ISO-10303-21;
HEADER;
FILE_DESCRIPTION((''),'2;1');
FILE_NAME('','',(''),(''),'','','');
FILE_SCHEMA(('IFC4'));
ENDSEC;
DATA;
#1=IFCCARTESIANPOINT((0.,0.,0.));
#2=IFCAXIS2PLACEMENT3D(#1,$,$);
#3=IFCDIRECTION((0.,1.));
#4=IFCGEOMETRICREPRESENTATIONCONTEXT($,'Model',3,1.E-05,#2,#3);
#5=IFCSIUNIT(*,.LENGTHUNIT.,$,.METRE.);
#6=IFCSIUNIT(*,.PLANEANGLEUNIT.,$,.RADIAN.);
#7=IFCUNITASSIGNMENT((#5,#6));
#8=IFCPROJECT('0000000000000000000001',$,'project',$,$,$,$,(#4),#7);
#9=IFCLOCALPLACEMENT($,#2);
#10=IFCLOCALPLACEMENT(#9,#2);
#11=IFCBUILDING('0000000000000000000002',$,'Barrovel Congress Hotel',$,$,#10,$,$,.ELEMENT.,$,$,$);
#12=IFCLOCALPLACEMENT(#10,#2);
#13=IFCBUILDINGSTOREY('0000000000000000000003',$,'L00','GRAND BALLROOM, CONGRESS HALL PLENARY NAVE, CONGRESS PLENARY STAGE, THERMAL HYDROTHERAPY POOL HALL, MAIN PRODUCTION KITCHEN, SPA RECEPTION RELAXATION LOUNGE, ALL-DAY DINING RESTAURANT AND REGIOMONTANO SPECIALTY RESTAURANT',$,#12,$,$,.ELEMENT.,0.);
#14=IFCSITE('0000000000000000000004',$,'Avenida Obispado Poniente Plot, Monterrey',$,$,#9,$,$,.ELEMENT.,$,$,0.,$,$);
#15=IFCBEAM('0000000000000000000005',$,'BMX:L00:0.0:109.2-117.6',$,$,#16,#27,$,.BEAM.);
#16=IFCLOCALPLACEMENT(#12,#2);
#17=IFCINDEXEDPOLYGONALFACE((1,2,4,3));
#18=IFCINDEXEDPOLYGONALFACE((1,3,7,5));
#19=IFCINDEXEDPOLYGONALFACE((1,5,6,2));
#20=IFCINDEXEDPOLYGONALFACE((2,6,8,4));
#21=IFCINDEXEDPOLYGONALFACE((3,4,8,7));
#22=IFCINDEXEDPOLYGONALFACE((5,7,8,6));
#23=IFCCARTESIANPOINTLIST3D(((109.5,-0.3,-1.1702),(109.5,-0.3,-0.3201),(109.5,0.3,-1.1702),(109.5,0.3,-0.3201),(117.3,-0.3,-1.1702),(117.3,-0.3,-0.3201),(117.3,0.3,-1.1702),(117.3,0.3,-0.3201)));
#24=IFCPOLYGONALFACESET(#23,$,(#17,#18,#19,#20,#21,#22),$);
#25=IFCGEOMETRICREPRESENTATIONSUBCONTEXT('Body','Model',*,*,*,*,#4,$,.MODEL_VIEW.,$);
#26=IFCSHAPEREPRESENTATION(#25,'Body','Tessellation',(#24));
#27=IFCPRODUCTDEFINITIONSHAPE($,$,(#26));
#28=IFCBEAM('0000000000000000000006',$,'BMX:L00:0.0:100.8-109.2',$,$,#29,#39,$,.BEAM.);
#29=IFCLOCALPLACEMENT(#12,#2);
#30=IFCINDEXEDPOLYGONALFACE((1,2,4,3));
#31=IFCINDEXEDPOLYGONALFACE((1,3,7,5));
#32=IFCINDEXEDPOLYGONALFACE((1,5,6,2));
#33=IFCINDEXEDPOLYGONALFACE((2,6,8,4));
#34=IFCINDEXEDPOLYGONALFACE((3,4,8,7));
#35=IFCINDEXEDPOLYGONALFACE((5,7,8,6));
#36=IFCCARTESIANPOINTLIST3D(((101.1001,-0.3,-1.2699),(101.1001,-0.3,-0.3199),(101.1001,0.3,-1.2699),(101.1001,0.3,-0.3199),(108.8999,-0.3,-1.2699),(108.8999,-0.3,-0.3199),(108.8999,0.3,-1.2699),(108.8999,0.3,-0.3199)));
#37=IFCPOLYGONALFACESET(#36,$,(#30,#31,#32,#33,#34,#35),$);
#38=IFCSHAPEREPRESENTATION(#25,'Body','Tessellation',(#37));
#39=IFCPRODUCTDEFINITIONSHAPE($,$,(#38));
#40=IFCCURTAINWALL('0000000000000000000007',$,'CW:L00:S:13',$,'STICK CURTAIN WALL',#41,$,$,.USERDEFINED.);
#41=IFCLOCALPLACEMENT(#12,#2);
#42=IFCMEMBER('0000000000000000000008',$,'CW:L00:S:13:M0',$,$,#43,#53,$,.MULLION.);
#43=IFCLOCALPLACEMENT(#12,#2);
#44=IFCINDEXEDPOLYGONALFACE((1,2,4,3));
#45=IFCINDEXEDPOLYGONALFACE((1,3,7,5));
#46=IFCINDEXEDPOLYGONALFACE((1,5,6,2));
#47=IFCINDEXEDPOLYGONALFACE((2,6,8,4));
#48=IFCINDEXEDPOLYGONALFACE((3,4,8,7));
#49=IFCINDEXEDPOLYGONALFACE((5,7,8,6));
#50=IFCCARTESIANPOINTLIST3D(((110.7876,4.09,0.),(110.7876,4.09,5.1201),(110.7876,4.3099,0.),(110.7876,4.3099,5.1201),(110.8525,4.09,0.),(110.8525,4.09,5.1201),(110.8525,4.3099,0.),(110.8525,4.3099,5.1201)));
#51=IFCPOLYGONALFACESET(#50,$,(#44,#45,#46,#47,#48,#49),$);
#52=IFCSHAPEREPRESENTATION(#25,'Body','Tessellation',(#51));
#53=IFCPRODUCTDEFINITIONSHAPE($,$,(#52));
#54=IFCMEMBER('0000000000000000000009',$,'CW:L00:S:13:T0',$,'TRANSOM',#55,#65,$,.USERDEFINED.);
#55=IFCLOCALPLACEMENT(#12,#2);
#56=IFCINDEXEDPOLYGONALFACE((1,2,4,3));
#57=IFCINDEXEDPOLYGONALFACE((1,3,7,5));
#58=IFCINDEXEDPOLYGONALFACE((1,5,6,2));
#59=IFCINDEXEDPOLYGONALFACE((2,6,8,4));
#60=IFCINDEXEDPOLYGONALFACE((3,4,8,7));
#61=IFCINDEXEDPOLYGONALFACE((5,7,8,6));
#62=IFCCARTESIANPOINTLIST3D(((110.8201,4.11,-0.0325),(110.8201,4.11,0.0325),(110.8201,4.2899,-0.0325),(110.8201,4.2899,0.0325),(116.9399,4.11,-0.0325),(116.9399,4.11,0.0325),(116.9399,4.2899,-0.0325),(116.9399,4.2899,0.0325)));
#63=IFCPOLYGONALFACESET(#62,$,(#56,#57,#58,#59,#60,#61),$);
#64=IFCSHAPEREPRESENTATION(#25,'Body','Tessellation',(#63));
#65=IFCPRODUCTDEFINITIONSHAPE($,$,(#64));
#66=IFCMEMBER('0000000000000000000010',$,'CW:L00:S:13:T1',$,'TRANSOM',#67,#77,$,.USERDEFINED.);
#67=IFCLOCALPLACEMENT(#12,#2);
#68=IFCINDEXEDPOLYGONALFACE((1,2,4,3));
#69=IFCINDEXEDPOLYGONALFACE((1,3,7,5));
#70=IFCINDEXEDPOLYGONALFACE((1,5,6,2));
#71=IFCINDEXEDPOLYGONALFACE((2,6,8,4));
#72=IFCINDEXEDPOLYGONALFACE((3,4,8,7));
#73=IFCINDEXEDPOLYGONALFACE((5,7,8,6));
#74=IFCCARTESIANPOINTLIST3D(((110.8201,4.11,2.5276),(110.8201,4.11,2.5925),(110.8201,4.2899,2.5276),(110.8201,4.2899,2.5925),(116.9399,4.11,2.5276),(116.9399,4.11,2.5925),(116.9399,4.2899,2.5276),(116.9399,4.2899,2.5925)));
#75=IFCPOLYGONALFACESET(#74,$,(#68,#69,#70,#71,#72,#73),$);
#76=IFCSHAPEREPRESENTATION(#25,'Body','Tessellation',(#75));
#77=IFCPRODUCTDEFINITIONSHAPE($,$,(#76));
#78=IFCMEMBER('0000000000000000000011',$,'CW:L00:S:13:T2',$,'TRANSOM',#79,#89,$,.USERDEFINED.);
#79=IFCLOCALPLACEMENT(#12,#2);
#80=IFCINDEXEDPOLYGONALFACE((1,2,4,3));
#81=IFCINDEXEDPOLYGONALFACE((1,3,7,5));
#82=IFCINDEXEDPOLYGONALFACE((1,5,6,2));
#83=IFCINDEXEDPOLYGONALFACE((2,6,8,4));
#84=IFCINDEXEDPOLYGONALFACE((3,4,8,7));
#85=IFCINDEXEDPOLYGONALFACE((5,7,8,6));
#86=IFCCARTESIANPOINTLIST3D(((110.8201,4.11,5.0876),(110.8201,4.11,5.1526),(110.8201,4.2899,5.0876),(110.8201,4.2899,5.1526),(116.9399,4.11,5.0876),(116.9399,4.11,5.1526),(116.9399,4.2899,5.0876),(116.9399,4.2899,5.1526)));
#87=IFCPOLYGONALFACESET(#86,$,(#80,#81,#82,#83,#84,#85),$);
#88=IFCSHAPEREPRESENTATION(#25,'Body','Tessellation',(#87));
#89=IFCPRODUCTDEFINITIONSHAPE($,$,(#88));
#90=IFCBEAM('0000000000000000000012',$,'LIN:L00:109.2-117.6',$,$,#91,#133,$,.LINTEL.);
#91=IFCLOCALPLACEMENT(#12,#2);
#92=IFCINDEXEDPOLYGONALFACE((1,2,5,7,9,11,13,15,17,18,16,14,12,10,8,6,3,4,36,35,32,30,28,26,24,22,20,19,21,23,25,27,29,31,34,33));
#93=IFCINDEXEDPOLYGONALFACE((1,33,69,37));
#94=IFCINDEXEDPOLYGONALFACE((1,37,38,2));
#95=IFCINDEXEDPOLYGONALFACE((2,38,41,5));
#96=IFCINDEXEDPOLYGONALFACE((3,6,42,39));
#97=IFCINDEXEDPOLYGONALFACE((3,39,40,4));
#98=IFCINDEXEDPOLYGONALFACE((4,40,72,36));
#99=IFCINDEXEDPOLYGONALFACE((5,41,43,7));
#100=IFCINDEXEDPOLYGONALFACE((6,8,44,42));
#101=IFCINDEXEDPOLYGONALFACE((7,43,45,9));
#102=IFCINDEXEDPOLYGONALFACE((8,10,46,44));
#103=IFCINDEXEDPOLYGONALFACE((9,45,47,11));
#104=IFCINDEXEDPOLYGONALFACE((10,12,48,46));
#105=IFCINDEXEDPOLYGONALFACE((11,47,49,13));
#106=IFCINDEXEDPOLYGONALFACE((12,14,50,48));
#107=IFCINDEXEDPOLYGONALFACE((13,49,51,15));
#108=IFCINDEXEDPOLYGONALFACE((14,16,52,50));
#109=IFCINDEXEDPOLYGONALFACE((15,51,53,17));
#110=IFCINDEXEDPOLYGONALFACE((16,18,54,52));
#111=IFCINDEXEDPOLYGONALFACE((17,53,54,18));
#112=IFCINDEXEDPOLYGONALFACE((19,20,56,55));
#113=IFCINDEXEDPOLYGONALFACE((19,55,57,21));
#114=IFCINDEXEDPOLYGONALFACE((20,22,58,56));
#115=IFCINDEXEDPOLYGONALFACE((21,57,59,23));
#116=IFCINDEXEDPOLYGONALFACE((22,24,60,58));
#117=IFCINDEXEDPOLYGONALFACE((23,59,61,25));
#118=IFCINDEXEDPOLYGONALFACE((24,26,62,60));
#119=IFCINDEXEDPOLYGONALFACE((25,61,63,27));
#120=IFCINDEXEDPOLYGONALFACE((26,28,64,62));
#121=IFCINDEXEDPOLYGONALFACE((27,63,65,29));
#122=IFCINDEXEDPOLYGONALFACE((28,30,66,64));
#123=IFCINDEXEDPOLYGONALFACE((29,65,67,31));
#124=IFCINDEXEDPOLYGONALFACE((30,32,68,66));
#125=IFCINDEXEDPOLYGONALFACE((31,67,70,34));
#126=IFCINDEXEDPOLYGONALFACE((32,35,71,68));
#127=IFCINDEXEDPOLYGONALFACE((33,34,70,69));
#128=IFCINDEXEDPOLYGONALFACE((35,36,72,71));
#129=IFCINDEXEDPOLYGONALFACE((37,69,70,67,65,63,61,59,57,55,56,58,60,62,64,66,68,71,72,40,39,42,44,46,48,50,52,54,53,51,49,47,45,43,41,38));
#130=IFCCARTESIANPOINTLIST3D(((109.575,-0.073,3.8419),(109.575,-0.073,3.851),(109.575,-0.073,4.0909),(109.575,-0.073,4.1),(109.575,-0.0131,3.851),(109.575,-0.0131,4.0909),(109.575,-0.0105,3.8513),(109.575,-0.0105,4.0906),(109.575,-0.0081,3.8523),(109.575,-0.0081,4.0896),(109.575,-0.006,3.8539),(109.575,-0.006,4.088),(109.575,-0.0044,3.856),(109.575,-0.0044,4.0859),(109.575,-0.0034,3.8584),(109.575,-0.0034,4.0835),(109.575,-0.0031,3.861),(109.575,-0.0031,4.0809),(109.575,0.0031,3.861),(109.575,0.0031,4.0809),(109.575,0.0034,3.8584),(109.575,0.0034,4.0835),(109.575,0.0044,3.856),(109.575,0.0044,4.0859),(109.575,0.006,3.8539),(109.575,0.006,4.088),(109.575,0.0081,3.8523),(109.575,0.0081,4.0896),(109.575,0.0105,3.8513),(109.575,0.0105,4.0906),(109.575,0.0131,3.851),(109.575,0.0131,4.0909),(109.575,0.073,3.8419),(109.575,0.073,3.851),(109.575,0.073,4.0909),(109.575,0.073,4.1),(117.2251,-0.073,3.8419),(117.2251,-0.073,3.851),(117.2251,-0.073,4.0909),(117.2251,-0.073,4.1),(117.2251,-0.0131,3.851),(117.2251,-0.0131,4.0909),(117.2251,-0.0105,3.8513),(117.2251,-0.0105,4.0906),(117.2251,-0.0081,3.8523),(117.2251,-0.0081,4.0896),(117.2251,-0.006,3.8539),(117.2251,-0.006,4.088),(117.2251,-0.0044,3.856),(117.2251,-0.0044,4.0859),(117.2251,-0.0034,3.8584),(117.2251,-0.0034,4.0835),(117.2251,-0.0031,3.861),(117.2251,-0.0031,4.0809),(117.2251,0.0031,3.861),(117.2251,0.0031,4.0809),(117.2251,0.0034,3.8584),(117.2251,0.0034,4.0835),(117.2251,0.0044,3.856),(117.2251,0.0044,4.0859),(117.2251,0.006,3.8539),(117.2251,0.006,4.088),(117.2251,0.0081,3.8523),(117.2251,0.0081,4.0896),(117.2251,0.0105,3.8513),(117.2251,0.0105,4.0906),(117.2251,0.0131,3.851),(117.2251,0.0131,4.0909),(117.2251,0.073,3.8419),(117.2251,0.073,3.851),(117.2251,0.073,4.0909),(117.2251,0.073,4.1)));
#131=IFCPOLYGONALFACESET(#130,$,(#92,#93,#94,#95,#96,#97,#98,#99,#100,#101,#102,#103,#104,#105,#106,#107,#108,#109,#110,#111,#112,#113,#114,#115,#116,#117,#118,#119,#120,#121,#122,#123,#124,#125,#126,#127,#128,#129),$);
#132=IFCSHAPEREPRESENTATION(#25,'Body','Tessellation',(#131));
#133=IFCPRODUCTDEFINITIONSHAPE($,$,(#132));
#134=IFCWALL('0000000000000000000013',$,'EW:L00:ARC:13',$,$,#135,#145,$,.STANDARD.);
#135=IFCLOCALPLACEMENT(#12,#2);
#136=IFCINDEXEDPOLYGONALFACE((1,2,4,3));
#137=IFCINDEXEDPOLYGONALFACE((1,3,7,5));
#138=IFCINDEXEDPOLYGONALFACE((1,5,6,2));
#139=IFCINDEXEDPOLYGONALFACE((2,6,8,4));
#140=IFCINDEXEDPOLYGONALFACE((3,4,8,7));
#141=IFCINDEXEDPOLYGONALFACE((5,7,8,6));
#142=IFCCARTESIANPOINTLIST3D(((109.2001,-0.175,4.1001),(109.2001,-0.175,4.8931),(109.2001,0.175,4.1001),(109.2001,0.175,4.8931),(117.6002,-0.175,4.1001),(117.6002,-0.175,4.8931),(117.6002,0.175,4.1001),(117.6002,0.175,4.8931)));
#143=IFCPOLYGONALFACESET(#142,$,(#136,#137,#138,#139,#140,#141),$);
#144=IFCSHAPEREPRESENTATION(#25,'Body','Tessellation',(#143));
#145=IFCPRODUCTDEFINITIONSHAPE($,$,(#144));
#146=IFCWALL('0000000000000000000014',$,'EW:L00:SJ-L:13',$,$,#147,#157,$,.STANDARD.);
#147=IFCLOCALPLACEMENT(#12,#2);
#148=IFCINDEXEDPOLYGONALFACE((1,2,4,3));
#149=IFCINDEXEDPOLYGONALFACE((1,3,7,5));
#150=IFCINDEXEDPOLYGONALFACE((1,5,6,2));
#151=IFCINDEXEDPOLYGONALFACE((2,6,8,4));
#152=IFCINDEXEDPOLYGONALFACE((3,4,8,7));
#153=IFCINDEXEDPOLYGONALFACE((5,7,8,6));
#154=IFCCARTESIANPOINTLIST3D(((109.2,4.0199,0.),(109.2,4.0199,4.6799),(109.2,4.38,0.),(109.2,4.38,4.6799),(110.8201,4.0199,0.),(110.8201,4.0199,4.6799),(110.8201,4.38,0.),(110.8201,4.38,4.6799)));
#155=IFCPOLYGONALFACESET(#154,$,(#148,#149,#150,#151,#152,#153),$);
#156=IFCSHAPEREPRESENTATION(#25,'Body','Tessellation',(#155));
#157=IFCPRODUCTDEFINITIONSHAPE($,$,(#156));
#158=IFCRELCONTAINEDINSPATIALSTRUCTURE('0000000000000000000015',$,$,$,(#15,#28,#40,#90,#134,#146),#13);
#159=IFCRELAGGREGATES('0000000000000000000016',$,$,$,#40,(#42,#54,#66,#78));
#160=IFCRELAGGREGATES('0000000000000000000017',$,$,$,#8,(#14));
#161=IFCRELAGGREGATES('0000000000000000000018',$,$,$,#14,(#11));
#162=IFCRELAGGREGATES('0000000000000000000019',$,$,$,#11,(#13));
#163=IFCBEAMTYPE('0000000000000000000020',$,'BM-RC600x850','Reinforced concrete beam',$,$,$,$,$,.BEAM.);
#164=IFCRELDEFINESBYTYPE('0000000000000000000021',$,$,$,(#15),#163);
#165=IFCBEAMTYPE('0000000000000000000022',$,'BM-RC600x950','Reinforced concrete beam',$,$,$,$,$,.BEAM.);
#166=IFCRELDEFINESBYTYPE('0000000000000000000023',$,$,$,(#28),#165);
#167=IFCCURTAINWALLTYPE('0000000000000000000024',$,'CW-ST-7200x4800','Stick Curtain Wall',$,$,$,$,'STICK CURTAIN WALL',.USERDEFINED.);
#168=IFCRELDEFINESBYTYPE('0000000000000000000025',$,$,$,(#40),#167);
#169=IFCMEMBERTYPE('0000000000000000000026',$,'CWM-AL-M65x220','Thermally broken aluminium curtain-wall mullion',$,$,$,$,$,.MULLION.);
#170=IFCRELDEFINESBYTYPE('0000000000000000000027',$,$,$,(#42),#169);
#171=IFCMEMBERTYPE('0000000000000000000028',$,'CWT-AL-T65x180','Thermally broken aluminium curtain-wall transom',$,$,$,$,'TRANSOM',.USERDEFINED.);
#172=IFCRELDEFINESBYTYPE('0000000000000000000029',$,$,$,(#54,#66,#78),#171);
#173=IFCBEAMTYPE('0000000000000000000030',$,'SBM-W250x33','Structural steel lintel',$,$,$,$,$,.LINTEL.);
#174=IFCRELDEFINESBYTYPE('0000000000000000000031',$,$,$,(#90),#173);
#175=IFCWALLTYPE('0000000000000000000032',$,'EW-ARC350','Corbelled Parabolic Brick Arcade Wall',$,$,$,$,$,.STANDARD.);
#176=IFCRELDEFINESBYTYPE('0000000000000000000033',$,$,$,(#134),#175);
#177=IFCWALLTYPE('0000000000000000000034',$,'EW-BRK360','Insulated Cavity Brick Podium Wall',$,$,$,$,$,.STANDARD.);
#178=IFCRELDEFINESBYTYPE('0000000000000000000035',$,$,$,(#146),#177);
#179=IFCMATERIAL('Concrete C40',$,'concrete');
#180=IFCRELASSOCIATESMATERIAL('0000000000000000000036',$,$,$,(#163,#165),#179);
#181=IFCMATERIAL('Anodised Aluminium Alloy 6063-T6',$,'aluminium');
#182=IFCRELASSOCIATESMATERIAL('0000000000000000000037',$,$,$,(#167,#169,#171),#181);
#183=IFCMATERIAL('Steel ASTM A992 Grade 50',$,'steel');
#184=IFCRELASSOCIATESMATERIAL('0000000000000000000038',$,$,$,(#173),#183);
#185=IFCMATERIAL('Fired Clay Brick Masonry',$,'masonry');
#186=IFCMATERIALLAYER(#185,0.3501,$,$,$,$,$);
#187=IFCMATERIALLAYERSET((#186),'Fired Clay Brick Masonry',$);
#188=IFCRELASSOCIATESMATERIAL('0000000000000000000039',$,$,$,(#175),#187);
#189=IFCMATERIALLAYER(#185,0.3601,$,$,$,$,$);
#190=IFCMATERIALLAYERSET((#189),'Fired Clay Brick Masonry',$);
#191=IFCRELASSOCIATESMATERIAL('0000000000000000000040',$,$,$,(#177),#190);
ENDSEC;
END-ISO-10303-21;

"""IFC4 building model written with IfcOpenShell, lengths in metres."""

from ifc_helpers import new_model, si_unit, direction, frame, frame_2d, origin, origin_2d, place, context, subcontext, project, spatial, rectangle, i_section, extrude, material, layer, layer_set, material_profile, profile_set, type_object, element, aggregate, save


model = new_model("IFC4")

# Units and contexts
model_context = context("Model", 3, precision=1e-05, world=origin(), true_north=direction((0.0, 1.0)))
body_context = subcontext(model_context, "Body", "Model", "MODEL_VIEW")
ifc_project = project(units=[si_unit("LENGTHUNIT", "METRE"), si_unit("PLANEANGLEUNIT", "RADIAN")], contexts=[model_context])

# Site, building, storey
site_placement = place(None, origin())
site = spatial("IfcSite", under=ifc_project, at=site_placement, Name="Avenida Obispado Poniente Plot, Monterrey", CompositionType="ELEMENT", RefElevation=0.0)
building_placement = place(site_placement, origin())
building = spatial("IfcBuilding", under=site, at=building_placement, Name="Barrovel Congress Hotel", CompositionType="ELEMENT")
storey_placement = place(building_placement, origin())
storey = spatial("IfcBuildingStorey", under=building, at=storey_placement, Name="L00", Description="GRAND BALLROOM, CONGRESS HALL PLENARY NAVE, CONGRESS PLENARY STAGE, THERMAL HYDROTHERAPY POOL HALL, MAIN PRODUCTION KITCHEN, SPA RECEPTION RELAXATION LOUNGE, ALL-DAY DINING RESTAURANT AND REGIOMONTANO SPECIALTY RESTAURANT", CompositionType="ELEMENT", Elevation=0.0)

# Shared definitions
ifc_material_1 = material(Name="Concrete C40", Category="concrete")

# Beams
ifc_material_profile_1 = material_profile(ifc_material_1, rectangle(XDim=0.6001, YDim=0.8501, at=origin_2d()), Name="RC600x850")
ifc_profile_set_1 = profile_set([ifc_material_profile_1], Name="Concrete C40")
beam_type_1 = type_object("IfcBeamType", Name="BM-RC600x850", Description="Reinforced concrete beam", PredefinedType="BEAM", material=ifc_profile_set_1)
beam_1_placement = place(storey_placement, frame((109.5, 0.0, -0.7451), z_axis=(1.0, 0.0, 0.0), x_axis=(0.0, 1.0, 0.0)))
element("IfcBeam", 1, at=beam_1_placement, inside=storey, type_object=beam_type_1, Name="BMX:L00:0.0:109.2-117.6", PredefinedType="BEAM", context=body_context, shape_type="SweptSolid", body=[
    extrude(rectangle(XDim=0.6001, YDim=0.8501, at=origin_2d()), origin(), (0.0, 0.0, 1.0), 7.8),
])
ifc_material_profile_2 = material_profile(ifc_material_1, rectangle(XDim=0.6001, YDim=0.95, at=origin_2d()), Name="RC600x950")
ifc_profile_set_2 = profile_set([ifc_material_profile_2], Name="Concrete C40")
beam_type_2 = type_object("IfcBeamType", Name="BM-RC600x950", Description="Reinforced concrete beam", PredefinedType="BEAM", material=ifc_profile_set_2)
beam_2_placement = place(storey_placement, frame((101.1001, 0.0, -0.7949), z_axis=(1.0, 0.0, 0.0), x_axis=(0.0, 1.0, 0.0)))
element("IfcBeam", 2, at=beam_2_placement, inside=storey, type_object=beam_type_2, Name="BMX:L00:0.0:100.8-109.2", PredefinedType="BEAM", context=body_context, shape_type="SweptSolid", body=[
    extrude(rectangle(XDim=0.6001, YDim=0.95, at=origin_2d()), origin(), (0.0, 0.0, 1.0), 7.7998),
])

# Curtain wall, members
ifc_material_2 = material(Name="Anodised Aluminium Alloy 6063-T6", Category="aluminium")
curtain_wall_type = type_object("IfcCurtainWallType", Name="CW-ST-7200x4800", Description="Stick Curtain Wall", ElementType="STICK CURTAIN WALL", PredefinedType="USERDEFINED", material=ifc_material_2)
curtain_wall_placement = place(storey_placement, origin())
curtain_wall = element("IfcCurtainWall", 3, at=curtain_wall_placement, inside=storey, type_object=curtain_wall_type, Name="CW:L00:S:13", ObjectType="STICK CURTAIN WALL", PredefinedType="USERDEFINED")
ifc_material_profile_3 = material_profile(ifc_material_2, rectangle(XDim=0.0649, YDim=0.22, at=origin_2d()), Name="AL-M65x220")
ifc_profile_set_3 = profile_set([ifc_material_profile_3], Name="Anodised Aluminium Alloy 6063-T6")
member_type_1 = type_object("IfcMemberType", Name="CWM-AL-M65x220", Description="Thermally broken aluminium curtain-wall mullion", PredefinedType="MULLION", material=ifc_profile_set_3)
member_1_placement = place(storey_placement, frame((110.8201, 4.2, 0.0), z_axis=(0.0, 0.0, 1.0), x_axis=(1.0, 0.0, 0.0)))
member_1 = element("IfcMember", 4, at=member_1_placement, type_object=member_type_1, Name="CW:L00:S:13:M0", PredefinedType="MULLION", context=body_context, shape_type="SweptSolid", body=[
    extrude(rectangle(XDim=0.0649, YDim=0.22, at=origin_2d()), origin(), (0.0, 0.0, 1.0), 5.1201),
])
ifc_material_profile_4 = material_profile(ifc_material_2, rectangle(XDim=0.1799, YDim=0.0649, at=origin_2d()), Name="AL-T65x180")
ifc_profile_set_4 = profile_set([ifc_material_profile_4], Name="Anodised Aluminium Alloy 6063-T6")
member_type_2 = type_object("IfcMemberType", Name="CWT-AL-T65x180", Description="Thermally broken aluminium curtain-wall transom", ElementType="TRANSOM", PredefinedType="USERDEFINED", material=ifc_profile_set_4)
member_2_placement = place(storey_placement, frame((110.8201, 4.2, 0.0), z_axis=(1.0, 0.0, 0.0), x_axis=(0.0, 1.0, 0.0)))
member_2 = element("IfcMember", 5, at=member_2_placement, type_object=member_type_2, Name="CW:L00:S:13:T0", ObjectType="TRANSOM", PredefinedType="USERDEFINED", context=body_context, shape_type="SweptSolid", body=[
    extrude(rectangle(XDim=0.1799, YDim=0.0649, at=origin_2d()), origin(), (0.0, 0.0, 1.0), 6.1199),
])
member_3_placement = place(storey_placement, frame((110.8201, 4.2, 2.5601), z_axis=(1.0, 0.0, 0.0), x_axis=(0.0, 1.0, 0.0)))
member_3 = element("IfcMember", 6, at=member_3_placement, type_object=member_type_2, Name="CW:L00:S:13:T1", ObjectType="TRANSOM", PredefinedType="USERDEFINED", context=body_context, shape_type="SweptSolid", body=[
    extrude(rectangle(XDim=0.1799, YDim=0.0649, at=origin_2d()), origin(), (0.0, 0.0, 1.0), 6.1199),
])
member_4_placement = place(storey_placement, frame((110.8201, 4.2, 5.1201), z_axis=(1.0, 0.0, 0.0), x_axis=(0.0, 1.0, 0.0)))
member_4 = element("IfcMember", 7, at=member_4_placement, type_object=member_type_2, Name="CW:L00:S:13:T2", ObjectType="TRANSOM", PredefinedType="USERDEFINED", context=body_context, shape_type="SweptSolid", body=[
    extrude(rectangle(XDim=0.1799, YDim=0.0649, at=origin_2d()), origin(), (0.0, 0.0, 1.0), 6.1199),
])
aggregate(curtain_wall, [member_1, member_2, member_3, member_4])

# Beam
ifc_material_3 = material(Name="Steel ASTM A992 Grade 50", Category="steel")
ifc_material_profile_5 = material_profile(ifc_material_3, i_section(OverallWidth=0.146, OverallDepth=0.2581, WebThickness=0.0061, FlangeThickness=0.009, FilletRadius=0.01, at=origin_2d()), Name="W250x33")
ifc_profile_set_5 = profile_set([ifc_material_profile_5], Name="Steel ASTM A992 Grade 50")
beam_type_3 = type_object("IfcBeamType", Name="SBM-W250x33", Description="Structural steel lintel", PredefinedType="LINTEL", material=ifc_profile_set_5)
beam_3_placement = place(storey_placement, frame((109.575, 0.0, 3.9709), z_axis=(1.0, 0.0, 0.0), x_axis=(0.0, 1.0, 0.0)))
element("IfcBeam", 8, at=beam_3_placement, inside=storey, type_object=beam_type_3, Name="LIN:L00:109.2-117.6", PredefinedType="LINTEL", context=body_context, shape_type="SweptSolid", body=[
    extrude(i_section(OverallWidth=0.146, OverallDepth=0.2581, WebThickness=0.0061, FlangeThickness=0.009, FilletRadius=0.01, at=origin_2d()), origin(), (0.0, 0.0, 1.0), 7.6501),
])

# Wall
ifc_material_4 = material(Name="Fired Clay Brick Masonry", Category="masonry")
ifc_layer_1 = layer(ifc_material_4, 0.3501)
ifc_layer_set_1 = layer_set([ifc_layer_1], Name="Fired Clay Brick Masonry")
wall_type_1 = type_object("IfcWallType", Name="EW-ARC350", Description="Corbelled Parabolic Brick Arcade Wall", PredefinedType="STANDARD", material=ifc_layer_set_1)
wall_1_placement = place(storey_placement, frame((109.2, 0.0, 4.1001), z_axis=(0.0, 0.0, 1.0), x_axis=(1.0, 0.0, 0.0)))
element("IfcWall", 9, at=wall_1_placement, inside=storey, type_object=wall_type_1, Name="EW:L00:ARC:13", PredefinedType="STANDARD", context=body_context, shape_type="SweptSolid", body=[
    extrude(rectangle(XDim=8.4001, YDim=0.3501, at=frame_2d((4.2002, 0.0))), origin(), (0.0, 0.0, 1.0), 0.793),
])

# Shared definitions
ifc_layer_2 = layer(ifc_material_4, 0.3601)
ifc_layer_set_2 = layer_set([ifc_layer_2], Name="Fired Clay Brick Masonry")
wall_type_2 = type_object("IfcWallType", Name="EW-BRK360", Description="Insulated Cavity Brick Podium Wall", PredefinedType="STANDARD", material=ifc_layer_set_2)

# Wall
wall_2_placement = place(storey_placement, frame((109.2, 4.2, 0.0), z_axis=(0.0, 0.0, 1.0), x_axis=(1.0, 0.0, 0.0)))
element("IfcWall", 10, at=wall_2_placement, inside=storey, type_object=wall_type_2, Name="EW:L00:SJ-L:13", PredefinedType="STANDARD", context=body_context, shape_type="SweptSolid", body=[
    extrude(rectangle(XDim=1.6201, YDim=0.3601, at=frame_2d((0.8101, 0.0))), origin(), (0.0, 0.0, 1.0), 4.6799),
])

save(model, "model.ifc")
